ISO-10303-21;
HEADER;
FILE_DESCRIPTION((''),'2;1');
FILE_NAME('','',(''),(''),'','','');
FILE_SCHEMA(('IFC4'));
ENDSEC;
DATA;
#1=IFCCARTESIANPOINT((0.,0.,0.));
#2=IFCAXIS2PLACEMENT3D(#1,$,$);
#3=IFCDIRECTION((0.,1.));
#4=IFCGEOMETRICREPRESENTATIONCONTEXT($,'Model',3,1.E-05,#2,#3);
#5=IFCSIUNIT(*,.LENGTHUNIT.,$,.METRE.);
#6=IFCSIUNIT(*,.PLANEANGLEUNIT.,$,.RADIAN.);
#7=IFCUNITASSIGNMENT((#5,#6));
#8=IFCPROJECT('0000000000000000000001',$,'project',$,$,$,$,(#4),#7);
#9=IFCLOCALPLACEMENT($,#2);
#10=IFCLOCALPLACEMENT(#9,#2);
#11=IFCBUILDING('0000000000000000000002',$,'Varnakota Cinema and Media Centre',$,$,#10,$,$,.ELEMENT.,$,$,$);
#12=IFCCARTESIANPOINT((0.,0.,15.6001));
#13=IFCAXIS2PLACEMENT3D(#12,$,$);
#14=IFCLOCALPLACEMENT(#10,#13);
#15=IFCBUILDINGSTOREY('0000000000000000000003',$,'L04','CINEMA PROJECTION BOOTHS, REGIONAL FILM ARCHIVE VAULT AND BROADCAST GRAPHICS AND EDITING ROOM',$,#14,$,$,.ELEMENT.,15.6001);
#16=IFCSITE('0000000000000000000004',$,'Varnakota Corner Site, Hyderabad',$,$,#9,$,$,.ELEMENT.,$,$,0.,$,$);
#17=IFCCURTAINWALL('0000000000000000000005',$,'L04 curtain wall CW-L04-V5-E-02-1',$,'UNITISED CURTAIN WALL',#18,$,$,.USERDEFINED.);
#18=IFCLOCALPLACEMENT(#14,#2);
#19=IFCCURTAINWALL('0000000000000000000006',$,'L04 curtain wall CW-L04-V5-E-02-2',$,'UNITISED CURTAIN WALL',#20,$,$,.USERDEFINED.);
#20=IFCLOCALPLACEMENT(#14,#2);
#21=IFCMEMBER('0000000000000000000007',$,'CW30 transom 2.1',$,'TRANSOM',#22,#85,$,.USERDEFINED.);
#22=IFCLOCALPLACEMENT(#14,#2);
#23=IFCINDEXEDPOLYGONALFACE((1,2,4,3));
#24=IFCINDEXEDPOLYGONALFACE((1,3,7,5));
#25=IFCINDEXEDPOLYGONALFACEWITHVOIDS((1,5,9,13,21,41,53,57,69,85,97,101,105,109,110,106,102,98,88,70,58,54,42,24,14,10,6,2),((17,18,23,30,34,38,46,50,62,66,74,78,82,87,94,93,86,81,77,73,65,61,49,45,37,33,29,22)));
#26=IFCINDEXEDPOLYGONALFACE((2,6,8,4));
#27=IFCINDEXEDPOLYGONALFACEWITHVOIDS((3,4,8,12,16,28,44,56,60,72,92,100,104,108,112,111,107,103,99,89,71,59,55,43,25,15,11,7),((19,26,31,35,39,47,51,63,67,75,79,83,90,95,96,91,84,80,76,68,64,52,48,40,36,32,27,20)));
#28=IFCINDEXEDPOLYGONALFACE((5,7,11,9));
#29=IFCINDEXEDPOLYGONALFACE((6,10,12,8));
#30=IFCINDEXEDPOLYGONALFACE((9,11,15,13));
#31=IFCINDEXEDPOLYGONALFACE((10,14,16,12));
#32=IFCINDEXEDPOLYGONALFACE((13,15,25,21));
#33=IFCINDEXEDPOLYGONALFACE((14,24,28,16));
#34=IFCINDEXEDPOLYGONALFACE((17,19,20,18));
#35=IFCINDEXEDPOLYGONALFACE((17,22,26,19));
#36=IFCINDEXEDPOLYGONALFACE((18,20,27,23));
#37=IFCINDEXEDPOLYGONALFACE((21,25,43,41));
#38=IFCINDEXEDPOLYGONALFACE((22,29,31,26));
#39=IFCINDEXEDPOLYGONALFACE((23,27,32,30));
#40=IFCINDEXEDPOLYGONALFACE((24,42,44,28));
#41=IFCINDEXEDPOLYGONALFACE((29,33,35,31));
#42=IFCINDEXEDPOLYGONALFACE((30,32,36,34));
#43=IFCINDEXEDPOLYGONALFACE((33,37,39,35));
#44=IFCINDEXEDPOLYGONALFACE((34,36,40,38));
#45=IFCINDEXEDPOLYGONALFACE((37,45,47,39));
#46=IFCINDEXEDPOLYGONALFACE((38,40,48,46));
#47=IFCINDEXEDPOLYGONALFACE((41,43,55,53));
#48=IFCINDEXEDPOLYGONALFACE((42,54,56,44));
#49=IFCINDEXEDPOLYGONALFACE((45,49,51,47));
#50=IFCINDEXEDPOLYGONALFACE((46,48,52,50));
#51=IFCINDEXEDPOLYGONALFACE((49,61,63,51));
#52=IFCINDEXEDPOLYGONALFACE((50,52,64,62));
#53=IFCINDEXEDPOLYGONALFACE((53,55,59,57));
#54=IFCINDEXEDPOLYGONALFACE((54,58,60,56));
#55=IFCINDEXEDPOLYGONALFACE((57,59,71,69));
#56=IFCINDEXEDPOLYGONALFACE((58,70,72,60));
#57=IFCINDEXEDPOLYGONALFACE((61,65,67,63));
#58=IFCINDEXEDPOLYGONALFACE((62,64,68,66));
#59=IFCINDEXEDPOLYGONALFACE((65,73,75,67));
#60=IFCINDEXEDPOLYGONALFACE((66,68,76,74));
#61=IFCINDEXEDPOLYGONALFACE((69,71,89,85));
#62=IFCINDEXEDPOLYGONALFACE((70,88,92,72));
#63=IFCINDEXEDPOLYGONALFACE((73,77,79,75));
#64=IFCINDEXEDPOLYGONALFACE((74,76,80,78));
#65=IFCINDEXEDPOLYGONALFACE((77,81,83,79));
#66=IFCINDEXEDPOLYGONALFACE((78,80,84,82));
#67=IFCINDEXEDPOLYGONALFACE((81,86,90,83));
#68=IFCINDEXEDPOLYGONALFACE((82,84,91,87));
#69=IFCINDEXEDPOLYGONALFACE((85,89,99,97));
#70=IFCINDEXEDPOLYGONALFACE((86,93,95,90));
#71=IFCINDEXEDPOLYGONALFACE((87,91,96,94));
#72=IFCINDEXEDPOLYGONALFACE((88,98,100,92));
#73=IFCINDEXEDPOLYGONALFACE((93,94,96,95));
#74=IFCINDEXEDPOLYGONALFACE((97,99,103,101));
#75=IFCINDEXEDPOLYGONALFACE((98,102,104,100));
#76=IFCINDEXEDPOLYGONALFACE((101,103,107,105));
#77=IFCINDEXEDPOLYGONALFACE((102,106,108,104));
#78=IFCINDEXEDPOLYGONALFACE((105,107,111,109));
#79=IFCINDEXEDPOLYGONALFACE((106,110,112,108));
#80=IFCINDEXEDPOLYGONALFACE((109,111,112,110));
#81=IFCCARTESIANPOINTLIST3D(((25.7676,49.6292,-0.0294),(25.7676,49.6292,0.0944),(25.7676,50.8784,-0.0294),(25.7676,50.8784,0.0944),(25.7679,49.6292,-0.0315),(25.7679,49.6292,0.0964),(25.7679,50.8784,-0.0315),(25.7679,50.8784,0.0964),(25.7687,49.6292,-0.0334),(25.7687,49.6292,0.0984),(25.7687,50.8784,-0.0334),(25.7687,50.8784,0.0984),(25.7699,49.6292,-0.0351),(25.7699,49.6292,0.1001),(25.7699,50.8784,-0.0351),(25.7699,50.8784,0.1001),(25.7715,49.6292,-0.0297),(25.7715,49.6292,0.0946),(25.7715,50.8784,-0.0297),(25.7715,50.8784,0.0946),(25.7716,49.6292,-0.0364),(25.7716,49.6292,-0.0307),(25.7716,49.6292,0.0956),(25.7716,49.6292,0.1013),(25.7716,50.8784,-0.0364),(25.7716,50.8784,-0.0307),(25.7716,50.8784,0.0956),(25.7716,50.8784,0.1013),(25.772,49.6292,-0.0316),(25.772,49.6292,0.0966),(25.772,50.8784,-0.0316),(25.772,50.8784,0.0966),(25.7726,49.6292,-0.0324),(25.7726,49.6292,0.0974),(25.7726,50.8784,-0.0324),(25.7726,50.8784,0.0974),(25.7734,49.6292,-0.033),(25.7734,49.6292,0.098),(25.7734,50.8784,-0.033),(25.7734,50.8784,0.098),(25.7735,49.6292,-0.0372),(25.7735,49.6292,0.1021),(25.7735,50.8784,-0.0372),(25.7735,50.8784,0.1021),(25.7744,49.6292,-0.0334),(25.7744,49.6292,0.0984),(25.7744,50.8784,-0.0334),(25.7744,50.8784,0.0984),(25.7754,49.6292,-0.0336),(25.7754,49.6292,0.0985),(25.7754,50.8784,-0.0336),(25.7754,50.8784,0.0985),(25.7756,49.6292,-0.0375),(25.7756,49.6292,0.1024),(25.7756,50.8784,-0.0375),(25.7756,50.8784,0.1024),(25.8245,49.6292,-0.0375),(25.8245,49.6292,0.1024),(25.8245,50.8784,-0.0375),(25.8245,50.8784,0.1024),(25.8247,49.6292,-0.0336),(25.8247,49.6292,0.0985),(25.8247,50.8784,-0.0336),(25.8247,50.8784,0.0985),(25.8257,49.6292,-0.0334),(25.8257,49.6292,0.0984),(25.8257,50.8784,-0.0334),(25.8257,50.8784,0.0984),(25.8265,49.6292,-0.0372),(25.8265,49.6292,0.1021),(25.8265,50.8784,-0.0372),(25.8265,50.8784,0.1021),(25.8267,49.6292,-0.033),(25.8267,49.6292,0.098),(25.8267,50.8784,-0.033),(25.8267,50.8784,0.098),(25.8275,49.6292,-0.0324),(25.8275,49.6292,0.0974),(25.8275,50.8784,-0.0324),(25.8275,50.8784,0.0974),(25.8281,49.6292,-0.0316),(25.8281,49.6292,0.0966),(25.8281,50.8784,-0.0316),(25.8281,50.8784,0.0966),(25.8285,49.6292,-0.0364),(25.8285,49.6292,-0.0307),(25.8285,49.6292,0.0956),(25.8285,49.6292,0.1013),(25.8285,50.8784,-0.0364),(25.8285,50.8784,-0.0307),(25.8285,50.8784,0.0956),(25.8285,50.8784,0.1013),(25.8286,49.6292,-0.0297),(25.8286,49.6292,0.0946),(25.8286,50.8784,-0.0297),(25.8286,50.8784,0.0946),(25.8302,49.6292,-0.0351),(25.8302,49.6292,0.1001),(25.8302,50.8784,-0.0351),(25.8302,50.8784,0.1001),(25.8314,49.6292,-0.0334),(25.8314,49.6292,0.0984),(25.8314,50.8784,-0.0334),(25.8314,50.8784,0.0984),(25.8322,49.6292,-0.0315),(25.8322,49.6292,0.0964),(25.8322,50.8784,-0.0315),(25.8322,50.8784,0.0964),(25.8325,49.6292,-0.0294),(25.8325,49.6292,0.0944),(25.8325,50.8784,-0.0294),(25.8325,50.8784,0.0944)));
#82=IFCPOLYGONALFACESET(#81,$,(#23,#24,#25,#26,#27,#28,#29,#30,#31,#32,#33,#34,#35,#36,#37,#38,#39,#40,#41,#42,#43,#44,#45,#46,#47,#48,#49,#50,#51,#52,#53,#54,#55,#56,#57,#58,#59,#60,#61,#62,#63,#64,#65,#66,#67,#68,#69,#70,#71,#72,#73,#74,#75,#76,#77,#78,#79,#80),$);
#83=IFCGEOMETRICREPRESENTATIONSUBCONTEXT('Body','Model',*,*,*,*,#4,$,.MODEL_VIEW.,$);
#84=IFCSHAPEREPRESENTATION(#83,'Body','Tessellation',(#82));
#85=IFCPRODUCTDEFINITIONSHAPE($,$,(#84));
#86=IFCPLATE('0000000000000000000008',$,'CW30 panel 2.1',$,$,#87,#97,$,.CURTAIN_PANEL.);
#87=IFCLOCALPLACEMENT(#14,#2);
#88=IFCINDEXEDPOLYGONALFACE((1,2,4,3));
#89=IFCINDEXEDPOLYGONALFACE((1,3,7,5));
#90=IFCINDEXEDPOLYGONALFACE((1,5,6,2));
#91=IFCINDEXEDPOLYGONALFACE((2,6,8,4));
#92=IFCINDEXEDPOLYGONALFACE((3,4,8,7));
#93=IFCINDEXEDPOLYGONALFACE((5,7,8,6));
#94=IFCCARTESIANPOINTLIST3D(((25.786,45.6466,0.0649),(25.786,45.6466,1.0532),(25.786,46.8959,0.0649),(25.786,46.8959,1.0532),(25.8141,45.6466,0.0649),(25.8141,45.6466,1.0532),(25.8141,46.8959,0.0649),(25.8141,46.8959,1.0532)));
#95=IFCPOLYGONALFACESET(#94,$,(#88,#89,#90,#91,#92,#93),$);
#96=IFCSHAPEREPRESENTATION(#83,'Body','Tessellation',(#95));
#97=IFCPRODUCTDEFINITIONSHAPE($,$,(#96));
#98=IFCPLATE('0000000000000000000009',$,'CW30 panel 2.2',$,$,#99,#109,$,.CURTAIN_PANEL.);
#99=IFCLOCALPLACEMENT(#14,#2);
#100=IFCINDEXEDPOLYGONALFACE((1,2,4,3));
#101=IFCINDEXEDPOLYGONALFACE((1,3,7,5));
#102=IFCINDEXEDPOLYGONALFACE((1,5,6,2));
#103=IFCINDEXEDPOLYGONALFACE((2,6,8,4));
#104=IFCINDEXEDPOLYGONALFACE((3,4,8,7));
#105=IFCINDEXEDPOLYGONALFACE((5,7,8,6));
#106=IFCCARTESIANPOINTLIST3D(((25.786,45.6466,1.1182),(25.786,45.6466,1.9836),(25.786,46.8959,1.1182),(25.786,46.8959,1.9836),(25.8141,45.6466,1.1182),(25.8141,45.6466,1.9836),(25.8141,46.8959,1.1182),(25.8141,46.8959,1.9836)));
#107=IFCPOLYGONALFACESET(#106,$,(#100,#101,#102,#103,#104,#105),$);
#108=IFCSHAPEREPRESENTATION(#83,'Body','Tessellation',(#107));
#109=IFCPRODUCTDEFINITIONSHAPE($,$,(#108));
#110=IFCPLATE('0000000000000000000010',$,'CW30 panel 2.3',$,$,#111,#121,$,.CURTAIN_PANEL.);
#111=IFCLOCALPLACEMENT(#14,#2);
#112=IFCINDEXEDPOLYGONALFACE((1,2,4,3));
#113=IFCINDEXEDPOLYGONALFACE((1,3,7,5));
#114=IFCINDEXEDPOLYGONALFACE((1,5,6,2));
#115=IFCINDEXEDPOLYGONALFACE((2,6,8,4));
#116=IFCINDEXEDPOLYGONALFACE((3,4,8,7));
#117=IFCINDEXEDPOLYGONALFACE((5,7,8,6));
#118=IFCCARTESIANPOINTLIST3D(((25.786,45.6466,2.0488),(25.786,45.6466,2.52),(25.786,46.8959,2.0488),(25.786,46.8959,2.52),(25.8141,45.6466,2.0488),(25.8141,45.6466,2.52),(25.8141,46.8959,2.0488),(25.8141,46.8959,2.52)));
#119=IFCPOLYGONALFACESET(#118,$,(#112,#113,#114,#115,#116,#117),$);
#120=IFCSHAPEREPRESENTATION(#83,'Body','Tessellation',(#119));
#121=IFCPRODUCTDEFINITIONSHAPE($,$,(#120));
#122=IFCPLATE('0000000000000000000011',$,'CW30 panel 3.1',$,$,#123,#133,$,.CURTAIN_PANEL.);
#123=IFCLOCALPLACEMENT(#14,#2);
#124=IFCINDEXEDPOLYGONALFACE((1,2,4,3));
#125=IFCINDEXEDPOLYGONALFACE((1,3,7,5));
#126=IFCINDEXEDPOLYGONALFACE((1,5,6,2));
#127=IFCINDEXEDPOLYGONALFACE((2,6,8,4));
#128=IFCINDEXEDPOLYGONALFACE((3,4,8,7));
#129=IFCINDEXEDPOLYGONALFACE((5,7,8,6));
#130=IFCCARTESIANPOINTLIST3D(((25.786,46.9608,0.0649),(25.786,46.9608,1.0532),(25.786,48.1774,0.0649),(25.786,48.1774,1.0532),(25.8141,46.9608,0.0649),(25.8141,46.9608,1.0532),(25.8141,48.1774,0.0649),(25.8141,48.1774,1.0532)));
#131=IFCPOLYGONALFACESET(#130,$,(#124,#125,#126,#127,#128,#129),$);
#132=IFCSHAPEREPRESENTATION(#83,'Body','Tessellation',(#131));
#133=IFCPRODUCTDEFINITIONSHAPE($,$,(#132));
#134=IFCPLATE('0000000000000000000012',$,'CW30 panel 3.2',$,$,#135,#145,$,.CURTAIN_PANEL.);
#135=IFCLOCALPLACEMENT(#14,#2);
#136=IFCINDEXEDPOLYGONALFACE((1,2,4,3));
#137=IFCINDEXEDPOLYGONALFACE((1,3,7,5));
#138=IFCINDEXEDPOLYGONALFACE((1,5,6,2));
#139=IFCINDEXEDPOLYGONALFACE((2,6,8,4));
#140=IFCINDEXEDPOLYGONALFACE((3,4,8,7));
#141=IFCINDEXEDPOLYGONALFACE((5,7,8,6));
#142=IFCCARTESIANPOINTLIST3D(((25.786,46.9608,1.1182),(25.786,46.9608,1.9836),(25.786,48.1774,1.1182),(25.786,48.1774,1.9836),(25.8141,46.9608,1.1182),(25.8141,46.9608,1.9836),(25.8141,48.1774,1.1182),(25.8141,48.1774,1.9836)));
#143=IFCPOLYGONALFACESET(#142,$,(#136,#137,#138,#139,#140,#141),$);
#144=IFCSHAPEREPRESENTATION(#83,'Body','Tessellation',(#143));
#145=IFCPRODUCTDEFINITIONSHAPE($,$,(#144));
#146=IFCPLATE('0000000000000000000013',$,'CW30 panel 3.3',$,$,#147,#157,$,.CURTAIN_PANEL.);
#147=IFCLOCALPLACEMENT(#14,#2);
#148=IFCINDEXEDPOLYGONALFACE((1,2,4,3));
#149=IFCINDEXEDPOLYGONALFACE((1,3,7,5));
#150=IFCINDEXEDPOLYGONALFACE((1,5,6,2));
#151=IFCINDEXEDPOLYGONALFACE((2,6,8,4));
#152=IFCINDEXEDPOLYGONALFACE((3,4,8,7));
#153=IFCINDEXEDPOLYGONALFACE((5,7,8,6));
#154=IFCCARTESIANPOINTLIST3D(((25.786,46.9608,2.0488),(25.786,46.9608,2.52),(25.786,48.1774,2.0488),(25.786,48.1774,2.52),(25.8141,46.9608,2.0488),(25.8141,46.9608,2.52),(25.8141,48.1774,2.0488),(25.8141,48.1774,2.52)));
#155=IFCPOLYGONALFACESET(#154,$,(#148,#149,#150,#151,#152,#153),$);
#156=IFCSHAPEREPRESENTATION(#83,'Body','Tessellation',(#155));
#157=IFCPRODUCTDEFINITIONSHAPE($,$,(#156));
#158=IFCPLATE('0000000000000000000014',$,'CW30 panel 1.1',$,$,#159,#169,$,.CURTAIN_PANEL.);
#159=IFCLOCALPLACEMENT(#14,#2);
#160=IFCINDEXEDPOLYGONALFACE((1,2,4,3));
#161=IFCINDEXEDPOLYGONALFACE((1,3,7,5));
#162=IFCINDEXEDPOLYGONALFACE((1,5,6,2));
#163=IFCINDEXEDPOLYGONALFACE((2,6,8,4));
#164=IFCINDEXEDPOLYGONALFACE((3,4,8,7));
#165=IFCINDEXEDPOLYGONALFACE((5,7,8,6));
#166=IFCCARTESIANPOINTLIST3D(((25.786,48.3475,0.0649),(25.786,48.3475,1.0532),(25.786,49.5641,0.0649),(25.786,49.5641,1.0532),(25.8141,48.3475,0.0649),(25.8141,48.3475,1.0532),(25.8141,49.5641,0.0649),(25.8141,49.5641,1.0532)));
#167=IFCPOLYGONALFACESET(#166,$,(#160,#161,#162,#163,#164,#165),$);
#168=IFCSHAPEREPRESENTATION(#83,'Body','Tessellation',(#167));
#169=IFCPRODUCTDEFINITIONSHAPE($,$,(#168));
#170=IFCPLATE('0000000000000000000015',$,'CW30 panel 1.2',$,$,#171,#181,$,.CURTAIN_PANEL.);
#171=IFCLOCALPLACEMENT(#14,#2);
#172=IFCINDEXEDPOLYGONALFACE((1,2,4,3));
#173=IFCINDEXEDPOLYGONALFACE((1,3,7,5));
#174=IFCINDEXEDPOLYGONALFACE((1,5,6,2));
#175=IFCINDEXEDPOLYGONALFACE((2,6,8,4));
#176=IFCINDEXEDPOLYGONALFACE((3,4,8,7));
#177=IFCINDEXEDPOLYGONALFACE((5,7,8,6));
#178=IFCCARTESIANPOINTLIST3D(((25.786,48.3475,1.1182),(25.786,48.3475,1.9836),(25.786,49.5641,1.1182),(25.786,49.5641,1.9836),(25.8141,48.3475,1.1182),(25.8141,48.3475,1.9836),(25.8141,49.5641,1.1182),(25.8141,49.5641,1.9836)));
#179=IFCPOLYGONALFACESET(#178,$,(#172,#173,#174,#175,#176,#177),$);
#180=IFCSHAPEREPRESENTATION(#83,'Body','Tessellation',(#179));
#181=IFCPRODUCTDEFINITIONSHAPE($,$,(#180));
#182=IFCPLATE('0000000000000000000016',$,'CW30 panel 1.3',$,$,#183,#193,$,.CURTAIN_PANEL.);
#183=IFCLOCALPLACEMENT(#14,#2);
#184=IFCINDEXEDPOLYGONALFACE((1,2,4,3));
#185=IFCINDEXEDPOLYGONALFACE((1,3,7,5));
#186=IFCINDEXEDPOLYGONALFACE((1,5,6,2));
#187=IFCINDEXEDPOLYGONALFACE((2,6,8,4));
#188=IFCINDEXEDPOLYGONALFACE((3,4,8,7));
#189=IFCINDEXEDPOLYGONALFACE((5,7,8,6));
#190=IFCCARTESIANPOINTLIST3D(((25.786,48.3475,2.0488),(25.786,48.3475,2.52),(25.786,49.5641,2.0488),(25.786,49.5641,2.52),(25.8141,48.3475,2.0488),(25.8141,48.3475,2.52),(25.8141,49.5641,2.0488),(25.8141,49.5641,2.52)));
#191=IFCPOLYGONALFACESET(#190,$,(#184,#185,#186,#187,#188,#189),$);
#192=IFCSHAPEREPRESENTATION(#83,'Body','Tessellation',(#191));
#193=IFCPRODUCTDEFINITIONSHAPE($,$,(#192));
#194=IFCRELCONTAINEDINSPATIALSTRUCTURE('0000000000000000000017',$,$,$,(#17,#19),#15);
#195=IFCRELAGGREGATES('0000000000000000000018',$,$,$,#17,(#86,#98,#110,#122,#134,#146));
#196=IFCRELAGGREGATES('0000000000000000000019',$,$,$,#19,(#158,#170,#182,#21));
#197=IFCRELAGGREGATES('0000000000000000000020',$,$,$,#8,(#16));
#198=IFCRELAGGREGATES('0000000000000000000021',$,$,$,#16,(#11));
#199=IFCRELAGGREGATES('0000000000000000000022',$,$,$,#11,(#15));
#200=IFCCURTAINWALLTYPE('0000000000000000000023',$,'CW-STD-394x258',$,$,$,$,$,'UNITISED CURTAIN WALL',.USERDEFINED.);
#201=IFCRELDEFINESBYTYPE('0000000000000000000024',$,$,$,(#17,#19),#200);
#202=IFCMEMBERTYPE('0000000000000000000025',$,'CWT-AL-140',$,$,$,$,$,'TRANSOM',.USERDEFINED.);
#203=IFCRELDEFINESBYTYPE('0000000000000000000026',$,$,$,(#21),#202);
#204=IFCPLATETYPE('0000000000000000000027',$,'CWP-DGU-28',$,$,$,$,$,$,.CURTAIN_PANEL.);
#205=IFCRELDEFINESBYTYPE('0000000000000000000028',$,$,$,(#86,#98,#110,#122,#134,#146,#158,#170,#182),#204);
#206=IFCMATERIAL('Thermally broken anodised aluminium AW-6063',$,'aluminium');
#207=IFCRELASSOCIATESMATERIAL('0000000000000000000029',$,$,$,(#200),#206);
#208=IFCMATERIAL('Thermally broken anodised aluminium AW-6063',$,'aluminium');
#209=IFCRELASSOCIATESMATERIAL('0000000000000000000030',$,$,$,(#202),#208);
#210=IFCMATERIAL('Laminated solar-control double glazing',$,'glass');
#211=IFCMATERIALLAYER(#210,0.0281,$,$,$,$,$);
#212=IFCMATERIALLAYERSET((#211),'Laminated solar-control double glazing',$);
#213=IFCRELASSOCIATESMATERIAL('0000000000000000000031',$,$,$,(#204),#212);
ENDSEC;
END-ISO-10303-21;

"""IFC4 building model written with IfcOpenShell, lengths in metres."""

from ifc_helpers import new_model, si_unit, direction, frame, origin, origin_2d, place, context, subcontext, project, spatial, rectangle, hollow_rectangle, extrude, material, layer, layer_set, material_profile, profile_set, type_object, element, aggregate, save


model = new_model("IFC4")

# Units and contexts
model_context = context("Model", 3, precision=1e-05, world=origin(), true_north=direction((0.0, 1.0)))
body_context = subcontext(model_context, "Body", "Model", "MODEL_VIEW")
ifc_project = project(units=[si_unit("LENGTHUNIT", "METRE"), si_unit("PLANEANGLEUNIT", "RADIAN")], contexts=[model_context])

# Site, building, storey
site_placement = place(None, origin())
site = spatial("IfcSite", under=ifc_project, at=site_placement, Name="Varnakota Corner Site, Hyderabad", CompositionType="ELEMENT", RefElevation=0.0)
building_placement = place(site_placement, origin())
building = spatial("IfcBuilding", under=site, at=building_placement, Name="Varnakota Cinema and Media Centre", CompositionType="ELEMENT")
storey_placement = place(building_placement, frame((0.0, 0.0, 15.6001)))
storey = spatial("IfcBuildingStorey", under=building, at=storey_placement, Name="L04", Description="CINEMA PROJECTION BOOTHS, REGIONAL FILM ARCHIVE VAULT AND BROADCAST GRAPHICS AND EDITING ROOM", CompositionType="ELEMENT", Elevation=15.6001)

# Curtain walls
ifc_material_1 = material(Name="Thermally broken anodised aluminium AW-6063", Category="aluminium")
curtain_wall_type = type_object("IfcCurtainWallType", Name="CW-STD-394x258", ElementType="UNITISED CURTAIN WALL", PredefinedType="USERDEFINED", material=ifc_material_1)
curtain_wall_1_placement = place(storey_placement, origin())
curtain_wall_1 = element("IfcCurtainWall", 1, at=curtain_wall_1_placement, inside=storey, type_object=curtain_wall_type, Name="L04 curtain wall CW-L04-V5-E-02-1", ObjectType="UNITISED CURTAIN WALL", PredefinedType="USERDEFINED")
curtain_wall_2_placement = place(storey_placement, origin())
curtain_wall_2 = element("IfcCurtainWall", 2, at=curtain_wall_2_placement, inside=storey, type_object=curtain_wall_type, Name="L04 curtain wall CW-L04-V5-E-02-2", ObjectType="UNITISED CURTAIN WALL", PredefinedType="USERDEFINED")

# Member
ifc_material_2 = material(Name="Thermally broken anodised aluminium AW-6063", Category="aluminium")
ifc_material_profile_1 = material_profile(ifc_material_2, hollow_rectangle(XDim=0.0649, YDim=0.1399, WallThickness=0.0039, InnerFilletRadius=0.0039, OuterFilletRadius=0.0081, at=origin_2d()), Name="AL-TRANSOM 140x65x4")
ifc_profile_set_1 = profile_set([ifc_material_profile_1], Name="Thermally broken anodised aluminium AW-6063")
member_type_1 = type_object("IfcMemberType", Name="CWT-AL-140", ElementType="TRANSOM", PredefinedType="USERDEFINED", material=ifc_profile_set_1)
member_1_placement = place(storey_placement, frame((25.8, 49.6292, 0.0325), z_axis=(0.0, 1.0, 0.0), x_axis=(-1.0, 0.0, 0.0)))
member_1 = element("IfcMember", 3, at=member_1_placement, type_object=member_type_1, Name="CW30 transom 2.1", ObjectType="TRANSOM", PredefinedType="USERDEFINED", context=body_context, shape_type="SweptSolid", body=[
    extrude(hollow_rectangle(XDim=0.0649, YDim=0.1399, WallThickness=0.0039, InnerFilletRadius=0.0039, OuterFilletRadius=0.0081, at=origin_2d()), origin(), (0.0, 0.0, 1.0), 1.2493),
])

# Plates
ifc_material_3 = material(Name="Laminated solar-control double glazing", Category="glass")
ifc_layer_1 = layer(ifc_material_3, 0.0281)
ifc_layer_set_1 = layer_set([ifc_layer_1], Name="Laminated solar-control double glazing")
plate_type = type_object("IfcPlateType", Name="CWP-DGU-28", PredefinedType="CURTAIN_PANEL", material=ifc_layer_set_1)
plate_1_placement = place(storey_placement, frame((25.8, 46.2712, 0.0649), z_axis=(0.0, 0.0, 1.0), x_axis=(0.0, 1.0, 0.0)))
plate_1 = element("IfcPlate", 4, at=plate_1_placement, type_object=plate_type, Name="CW30 panel 2.1", PredefinedType="CURTAIN_PANEL", context=body_context, shape_type="SweptSolid", body=[
    extrude(rectangle(XDim=1.2493, YDim=0.0281, at=origin_2d()), origin(), (0.0, 0.0, 1.0), 0.9883),
])
plate_2_placement = place(storey_placement, frame((25.8, 46.2712, 1.1182), z_axis=(0.0, 0.0, 1.0), x_axis=(0.0, 1.0, 0.0)))
plate_2 = element("IfcPlate", 5, at=plate_2_placement, type_object=plate_type, Name="CW30 panel 2.2", PredefinedType="CURTAIN_PANEL", context=body_context, shape_type="SweptSolid", body=[
    extrude(rectangle(XDim=1.2493, YDim=0.0281, at=origin_2d()), origin(), (0.0, 0.0, 1.0), 0.8655),
])
plate_3_placement = place(storey_placement, frame((25.8, 46.2712, 2.0488), z_axis=(0.0, 0.0, 1.0), x_axis=(0.0, 1.0, 0.0)))
plate_3 = element("IfcPlate", 6, at=plate_3_placement, type_object=plate_type, Name="CW30 panel 2.3", PredefinedType="CURTAIN_PANEL", context=body_context, shape_type="SweptSolid", body=[
    extrude(rectangle(XDim=1.2493, YDim=0.0281, at=origin_2d()), origin(), (0.0, 0.0, 1.0), 0.4712),
])
plate_4_placement = place(storey_placement, frame((25.8, 47.5691, 0.0649), z_axis=(0.0, 0.0, 1.0), x_axis=(0.0, 1.0, 0.0)))
plate_4 = element("IfcPlate", 7, at=plate_4_placement, type_object=plate_type, Name="CW30 panel 3.1", PredefinedType="CURTAIN_PANEL", context=body_context, shape_type="SweptSolid", body=[
    extrude(rectangle(XDim=1.2166, YDim=0.0281, at=origin_2d()), origin(), (0.0, 0.0, 1.0), 0.9883),
])
plate_5_placement = place(storey_placement, frame((25.8, 47.5691, 1.1182), z_axis=(0.0, 0.0, 1.0), x_axis=(0.0, 1.0, 0.0)))
plate_5 = element("IfcPlate", 8, at=plate_5_placement, type_object=plate_type, Name="CW30 panel 3.2", PredefinedType="CURTAIN_PANEL", context=body_context, shape_type="SweptSolid", body=[
    extrude(rectangle(XDim=1.2166, YDim=0.0281, at=origin_2d()), origin(), (0.0, 0.0, 1.0), 0.8655),
])
plate_6_placement = place(storey_placement, frame((25.8, 47.5691, 2.0488), z_axis=(0.0, 0.0, 1.0), x_axis=(0.0, 1.0, 0.0)))
plate_6 = element("IfcPlate", 9, at=plate_6_placement, type_object=plate_type, Name="CW30 panel 3.3", PredefinedType="CURTAIN_PANEL", context=body_context, shape_type="SweptSolid", body=[
    extrude(rectangle(XDim=1.2166, YDim=0.0281, at=origin_2d()), origin(), (0.0, 0.0, 1.0), 0.4712),
])
aggregate(curtain_wall_1, [plate_1, plate_2, plate_3, plate_4, plate_5, plate_6])
plate_7_placement = place(storey_placement, frame((25.8, 48.9558, 0.0649), z_axis=(0.0, 0.0, 1.0), x_axis=(0.0, 1.0, 0.0)))
plate_7 = element("IfcPlate", 10, at=plate_7_placement, type_object=plate_type, Name="CW30 panel 1.1", PredefinedType="CURTAIN_PANEL", context=body_context, shape_type="SweptSolid", body=[
    extrude(rectangle(XDim=1.2166, YDim=0.0281, at=origin_2d()), origin(), (0.0, 0.0, 1.0), 0.9883),
])
plate_8_placement = place(storey_placement, frame((25.8, 48.9558, 1.1182), z_axis=(0.0, 0.0, 1.0), x_axis=(0.0, 1.0, 0.0)))
plate_8 = element("IfcPlate", 11, at=plate_8_placement, type_object=plate_type, Name="CW30 panel 1.2", PredefinedType="CURTAIN_PANEL", context=body_context, shape_type="SweptSolid", body=[
    extrude(rectangle(XDim=1.2166, YDim=0.0281, at=origin_2d()), origin(), (0.0, 0.0, 1.0), 0.8655),
])
plate_9_placement = place(storey_placement, frame((25.8, 48.9558, 2.0488), z_axis=(0.0, 0.0, 1.0), x_axis=(0.0, 1.0, 0.0)))
plate_9 = element("IfcPlate", 12, at=plate_9_placement, type_object=plate_type, Name="CW30 panel 1.3", PredefinedType="CURTAIN_PANEL", context=body_context, shape_type="SweptSolid", body=[
    extrude(rectangle(XDim=1.2166, YDim=0.0281, at=origin_2d()), origin(), (0.0, 0.0, 1.0), 0.4712),
])
aggregate(curtain_wall_2, [plate_7, plate_8, plate_9, member_1])

save(model, "model.ifc")
